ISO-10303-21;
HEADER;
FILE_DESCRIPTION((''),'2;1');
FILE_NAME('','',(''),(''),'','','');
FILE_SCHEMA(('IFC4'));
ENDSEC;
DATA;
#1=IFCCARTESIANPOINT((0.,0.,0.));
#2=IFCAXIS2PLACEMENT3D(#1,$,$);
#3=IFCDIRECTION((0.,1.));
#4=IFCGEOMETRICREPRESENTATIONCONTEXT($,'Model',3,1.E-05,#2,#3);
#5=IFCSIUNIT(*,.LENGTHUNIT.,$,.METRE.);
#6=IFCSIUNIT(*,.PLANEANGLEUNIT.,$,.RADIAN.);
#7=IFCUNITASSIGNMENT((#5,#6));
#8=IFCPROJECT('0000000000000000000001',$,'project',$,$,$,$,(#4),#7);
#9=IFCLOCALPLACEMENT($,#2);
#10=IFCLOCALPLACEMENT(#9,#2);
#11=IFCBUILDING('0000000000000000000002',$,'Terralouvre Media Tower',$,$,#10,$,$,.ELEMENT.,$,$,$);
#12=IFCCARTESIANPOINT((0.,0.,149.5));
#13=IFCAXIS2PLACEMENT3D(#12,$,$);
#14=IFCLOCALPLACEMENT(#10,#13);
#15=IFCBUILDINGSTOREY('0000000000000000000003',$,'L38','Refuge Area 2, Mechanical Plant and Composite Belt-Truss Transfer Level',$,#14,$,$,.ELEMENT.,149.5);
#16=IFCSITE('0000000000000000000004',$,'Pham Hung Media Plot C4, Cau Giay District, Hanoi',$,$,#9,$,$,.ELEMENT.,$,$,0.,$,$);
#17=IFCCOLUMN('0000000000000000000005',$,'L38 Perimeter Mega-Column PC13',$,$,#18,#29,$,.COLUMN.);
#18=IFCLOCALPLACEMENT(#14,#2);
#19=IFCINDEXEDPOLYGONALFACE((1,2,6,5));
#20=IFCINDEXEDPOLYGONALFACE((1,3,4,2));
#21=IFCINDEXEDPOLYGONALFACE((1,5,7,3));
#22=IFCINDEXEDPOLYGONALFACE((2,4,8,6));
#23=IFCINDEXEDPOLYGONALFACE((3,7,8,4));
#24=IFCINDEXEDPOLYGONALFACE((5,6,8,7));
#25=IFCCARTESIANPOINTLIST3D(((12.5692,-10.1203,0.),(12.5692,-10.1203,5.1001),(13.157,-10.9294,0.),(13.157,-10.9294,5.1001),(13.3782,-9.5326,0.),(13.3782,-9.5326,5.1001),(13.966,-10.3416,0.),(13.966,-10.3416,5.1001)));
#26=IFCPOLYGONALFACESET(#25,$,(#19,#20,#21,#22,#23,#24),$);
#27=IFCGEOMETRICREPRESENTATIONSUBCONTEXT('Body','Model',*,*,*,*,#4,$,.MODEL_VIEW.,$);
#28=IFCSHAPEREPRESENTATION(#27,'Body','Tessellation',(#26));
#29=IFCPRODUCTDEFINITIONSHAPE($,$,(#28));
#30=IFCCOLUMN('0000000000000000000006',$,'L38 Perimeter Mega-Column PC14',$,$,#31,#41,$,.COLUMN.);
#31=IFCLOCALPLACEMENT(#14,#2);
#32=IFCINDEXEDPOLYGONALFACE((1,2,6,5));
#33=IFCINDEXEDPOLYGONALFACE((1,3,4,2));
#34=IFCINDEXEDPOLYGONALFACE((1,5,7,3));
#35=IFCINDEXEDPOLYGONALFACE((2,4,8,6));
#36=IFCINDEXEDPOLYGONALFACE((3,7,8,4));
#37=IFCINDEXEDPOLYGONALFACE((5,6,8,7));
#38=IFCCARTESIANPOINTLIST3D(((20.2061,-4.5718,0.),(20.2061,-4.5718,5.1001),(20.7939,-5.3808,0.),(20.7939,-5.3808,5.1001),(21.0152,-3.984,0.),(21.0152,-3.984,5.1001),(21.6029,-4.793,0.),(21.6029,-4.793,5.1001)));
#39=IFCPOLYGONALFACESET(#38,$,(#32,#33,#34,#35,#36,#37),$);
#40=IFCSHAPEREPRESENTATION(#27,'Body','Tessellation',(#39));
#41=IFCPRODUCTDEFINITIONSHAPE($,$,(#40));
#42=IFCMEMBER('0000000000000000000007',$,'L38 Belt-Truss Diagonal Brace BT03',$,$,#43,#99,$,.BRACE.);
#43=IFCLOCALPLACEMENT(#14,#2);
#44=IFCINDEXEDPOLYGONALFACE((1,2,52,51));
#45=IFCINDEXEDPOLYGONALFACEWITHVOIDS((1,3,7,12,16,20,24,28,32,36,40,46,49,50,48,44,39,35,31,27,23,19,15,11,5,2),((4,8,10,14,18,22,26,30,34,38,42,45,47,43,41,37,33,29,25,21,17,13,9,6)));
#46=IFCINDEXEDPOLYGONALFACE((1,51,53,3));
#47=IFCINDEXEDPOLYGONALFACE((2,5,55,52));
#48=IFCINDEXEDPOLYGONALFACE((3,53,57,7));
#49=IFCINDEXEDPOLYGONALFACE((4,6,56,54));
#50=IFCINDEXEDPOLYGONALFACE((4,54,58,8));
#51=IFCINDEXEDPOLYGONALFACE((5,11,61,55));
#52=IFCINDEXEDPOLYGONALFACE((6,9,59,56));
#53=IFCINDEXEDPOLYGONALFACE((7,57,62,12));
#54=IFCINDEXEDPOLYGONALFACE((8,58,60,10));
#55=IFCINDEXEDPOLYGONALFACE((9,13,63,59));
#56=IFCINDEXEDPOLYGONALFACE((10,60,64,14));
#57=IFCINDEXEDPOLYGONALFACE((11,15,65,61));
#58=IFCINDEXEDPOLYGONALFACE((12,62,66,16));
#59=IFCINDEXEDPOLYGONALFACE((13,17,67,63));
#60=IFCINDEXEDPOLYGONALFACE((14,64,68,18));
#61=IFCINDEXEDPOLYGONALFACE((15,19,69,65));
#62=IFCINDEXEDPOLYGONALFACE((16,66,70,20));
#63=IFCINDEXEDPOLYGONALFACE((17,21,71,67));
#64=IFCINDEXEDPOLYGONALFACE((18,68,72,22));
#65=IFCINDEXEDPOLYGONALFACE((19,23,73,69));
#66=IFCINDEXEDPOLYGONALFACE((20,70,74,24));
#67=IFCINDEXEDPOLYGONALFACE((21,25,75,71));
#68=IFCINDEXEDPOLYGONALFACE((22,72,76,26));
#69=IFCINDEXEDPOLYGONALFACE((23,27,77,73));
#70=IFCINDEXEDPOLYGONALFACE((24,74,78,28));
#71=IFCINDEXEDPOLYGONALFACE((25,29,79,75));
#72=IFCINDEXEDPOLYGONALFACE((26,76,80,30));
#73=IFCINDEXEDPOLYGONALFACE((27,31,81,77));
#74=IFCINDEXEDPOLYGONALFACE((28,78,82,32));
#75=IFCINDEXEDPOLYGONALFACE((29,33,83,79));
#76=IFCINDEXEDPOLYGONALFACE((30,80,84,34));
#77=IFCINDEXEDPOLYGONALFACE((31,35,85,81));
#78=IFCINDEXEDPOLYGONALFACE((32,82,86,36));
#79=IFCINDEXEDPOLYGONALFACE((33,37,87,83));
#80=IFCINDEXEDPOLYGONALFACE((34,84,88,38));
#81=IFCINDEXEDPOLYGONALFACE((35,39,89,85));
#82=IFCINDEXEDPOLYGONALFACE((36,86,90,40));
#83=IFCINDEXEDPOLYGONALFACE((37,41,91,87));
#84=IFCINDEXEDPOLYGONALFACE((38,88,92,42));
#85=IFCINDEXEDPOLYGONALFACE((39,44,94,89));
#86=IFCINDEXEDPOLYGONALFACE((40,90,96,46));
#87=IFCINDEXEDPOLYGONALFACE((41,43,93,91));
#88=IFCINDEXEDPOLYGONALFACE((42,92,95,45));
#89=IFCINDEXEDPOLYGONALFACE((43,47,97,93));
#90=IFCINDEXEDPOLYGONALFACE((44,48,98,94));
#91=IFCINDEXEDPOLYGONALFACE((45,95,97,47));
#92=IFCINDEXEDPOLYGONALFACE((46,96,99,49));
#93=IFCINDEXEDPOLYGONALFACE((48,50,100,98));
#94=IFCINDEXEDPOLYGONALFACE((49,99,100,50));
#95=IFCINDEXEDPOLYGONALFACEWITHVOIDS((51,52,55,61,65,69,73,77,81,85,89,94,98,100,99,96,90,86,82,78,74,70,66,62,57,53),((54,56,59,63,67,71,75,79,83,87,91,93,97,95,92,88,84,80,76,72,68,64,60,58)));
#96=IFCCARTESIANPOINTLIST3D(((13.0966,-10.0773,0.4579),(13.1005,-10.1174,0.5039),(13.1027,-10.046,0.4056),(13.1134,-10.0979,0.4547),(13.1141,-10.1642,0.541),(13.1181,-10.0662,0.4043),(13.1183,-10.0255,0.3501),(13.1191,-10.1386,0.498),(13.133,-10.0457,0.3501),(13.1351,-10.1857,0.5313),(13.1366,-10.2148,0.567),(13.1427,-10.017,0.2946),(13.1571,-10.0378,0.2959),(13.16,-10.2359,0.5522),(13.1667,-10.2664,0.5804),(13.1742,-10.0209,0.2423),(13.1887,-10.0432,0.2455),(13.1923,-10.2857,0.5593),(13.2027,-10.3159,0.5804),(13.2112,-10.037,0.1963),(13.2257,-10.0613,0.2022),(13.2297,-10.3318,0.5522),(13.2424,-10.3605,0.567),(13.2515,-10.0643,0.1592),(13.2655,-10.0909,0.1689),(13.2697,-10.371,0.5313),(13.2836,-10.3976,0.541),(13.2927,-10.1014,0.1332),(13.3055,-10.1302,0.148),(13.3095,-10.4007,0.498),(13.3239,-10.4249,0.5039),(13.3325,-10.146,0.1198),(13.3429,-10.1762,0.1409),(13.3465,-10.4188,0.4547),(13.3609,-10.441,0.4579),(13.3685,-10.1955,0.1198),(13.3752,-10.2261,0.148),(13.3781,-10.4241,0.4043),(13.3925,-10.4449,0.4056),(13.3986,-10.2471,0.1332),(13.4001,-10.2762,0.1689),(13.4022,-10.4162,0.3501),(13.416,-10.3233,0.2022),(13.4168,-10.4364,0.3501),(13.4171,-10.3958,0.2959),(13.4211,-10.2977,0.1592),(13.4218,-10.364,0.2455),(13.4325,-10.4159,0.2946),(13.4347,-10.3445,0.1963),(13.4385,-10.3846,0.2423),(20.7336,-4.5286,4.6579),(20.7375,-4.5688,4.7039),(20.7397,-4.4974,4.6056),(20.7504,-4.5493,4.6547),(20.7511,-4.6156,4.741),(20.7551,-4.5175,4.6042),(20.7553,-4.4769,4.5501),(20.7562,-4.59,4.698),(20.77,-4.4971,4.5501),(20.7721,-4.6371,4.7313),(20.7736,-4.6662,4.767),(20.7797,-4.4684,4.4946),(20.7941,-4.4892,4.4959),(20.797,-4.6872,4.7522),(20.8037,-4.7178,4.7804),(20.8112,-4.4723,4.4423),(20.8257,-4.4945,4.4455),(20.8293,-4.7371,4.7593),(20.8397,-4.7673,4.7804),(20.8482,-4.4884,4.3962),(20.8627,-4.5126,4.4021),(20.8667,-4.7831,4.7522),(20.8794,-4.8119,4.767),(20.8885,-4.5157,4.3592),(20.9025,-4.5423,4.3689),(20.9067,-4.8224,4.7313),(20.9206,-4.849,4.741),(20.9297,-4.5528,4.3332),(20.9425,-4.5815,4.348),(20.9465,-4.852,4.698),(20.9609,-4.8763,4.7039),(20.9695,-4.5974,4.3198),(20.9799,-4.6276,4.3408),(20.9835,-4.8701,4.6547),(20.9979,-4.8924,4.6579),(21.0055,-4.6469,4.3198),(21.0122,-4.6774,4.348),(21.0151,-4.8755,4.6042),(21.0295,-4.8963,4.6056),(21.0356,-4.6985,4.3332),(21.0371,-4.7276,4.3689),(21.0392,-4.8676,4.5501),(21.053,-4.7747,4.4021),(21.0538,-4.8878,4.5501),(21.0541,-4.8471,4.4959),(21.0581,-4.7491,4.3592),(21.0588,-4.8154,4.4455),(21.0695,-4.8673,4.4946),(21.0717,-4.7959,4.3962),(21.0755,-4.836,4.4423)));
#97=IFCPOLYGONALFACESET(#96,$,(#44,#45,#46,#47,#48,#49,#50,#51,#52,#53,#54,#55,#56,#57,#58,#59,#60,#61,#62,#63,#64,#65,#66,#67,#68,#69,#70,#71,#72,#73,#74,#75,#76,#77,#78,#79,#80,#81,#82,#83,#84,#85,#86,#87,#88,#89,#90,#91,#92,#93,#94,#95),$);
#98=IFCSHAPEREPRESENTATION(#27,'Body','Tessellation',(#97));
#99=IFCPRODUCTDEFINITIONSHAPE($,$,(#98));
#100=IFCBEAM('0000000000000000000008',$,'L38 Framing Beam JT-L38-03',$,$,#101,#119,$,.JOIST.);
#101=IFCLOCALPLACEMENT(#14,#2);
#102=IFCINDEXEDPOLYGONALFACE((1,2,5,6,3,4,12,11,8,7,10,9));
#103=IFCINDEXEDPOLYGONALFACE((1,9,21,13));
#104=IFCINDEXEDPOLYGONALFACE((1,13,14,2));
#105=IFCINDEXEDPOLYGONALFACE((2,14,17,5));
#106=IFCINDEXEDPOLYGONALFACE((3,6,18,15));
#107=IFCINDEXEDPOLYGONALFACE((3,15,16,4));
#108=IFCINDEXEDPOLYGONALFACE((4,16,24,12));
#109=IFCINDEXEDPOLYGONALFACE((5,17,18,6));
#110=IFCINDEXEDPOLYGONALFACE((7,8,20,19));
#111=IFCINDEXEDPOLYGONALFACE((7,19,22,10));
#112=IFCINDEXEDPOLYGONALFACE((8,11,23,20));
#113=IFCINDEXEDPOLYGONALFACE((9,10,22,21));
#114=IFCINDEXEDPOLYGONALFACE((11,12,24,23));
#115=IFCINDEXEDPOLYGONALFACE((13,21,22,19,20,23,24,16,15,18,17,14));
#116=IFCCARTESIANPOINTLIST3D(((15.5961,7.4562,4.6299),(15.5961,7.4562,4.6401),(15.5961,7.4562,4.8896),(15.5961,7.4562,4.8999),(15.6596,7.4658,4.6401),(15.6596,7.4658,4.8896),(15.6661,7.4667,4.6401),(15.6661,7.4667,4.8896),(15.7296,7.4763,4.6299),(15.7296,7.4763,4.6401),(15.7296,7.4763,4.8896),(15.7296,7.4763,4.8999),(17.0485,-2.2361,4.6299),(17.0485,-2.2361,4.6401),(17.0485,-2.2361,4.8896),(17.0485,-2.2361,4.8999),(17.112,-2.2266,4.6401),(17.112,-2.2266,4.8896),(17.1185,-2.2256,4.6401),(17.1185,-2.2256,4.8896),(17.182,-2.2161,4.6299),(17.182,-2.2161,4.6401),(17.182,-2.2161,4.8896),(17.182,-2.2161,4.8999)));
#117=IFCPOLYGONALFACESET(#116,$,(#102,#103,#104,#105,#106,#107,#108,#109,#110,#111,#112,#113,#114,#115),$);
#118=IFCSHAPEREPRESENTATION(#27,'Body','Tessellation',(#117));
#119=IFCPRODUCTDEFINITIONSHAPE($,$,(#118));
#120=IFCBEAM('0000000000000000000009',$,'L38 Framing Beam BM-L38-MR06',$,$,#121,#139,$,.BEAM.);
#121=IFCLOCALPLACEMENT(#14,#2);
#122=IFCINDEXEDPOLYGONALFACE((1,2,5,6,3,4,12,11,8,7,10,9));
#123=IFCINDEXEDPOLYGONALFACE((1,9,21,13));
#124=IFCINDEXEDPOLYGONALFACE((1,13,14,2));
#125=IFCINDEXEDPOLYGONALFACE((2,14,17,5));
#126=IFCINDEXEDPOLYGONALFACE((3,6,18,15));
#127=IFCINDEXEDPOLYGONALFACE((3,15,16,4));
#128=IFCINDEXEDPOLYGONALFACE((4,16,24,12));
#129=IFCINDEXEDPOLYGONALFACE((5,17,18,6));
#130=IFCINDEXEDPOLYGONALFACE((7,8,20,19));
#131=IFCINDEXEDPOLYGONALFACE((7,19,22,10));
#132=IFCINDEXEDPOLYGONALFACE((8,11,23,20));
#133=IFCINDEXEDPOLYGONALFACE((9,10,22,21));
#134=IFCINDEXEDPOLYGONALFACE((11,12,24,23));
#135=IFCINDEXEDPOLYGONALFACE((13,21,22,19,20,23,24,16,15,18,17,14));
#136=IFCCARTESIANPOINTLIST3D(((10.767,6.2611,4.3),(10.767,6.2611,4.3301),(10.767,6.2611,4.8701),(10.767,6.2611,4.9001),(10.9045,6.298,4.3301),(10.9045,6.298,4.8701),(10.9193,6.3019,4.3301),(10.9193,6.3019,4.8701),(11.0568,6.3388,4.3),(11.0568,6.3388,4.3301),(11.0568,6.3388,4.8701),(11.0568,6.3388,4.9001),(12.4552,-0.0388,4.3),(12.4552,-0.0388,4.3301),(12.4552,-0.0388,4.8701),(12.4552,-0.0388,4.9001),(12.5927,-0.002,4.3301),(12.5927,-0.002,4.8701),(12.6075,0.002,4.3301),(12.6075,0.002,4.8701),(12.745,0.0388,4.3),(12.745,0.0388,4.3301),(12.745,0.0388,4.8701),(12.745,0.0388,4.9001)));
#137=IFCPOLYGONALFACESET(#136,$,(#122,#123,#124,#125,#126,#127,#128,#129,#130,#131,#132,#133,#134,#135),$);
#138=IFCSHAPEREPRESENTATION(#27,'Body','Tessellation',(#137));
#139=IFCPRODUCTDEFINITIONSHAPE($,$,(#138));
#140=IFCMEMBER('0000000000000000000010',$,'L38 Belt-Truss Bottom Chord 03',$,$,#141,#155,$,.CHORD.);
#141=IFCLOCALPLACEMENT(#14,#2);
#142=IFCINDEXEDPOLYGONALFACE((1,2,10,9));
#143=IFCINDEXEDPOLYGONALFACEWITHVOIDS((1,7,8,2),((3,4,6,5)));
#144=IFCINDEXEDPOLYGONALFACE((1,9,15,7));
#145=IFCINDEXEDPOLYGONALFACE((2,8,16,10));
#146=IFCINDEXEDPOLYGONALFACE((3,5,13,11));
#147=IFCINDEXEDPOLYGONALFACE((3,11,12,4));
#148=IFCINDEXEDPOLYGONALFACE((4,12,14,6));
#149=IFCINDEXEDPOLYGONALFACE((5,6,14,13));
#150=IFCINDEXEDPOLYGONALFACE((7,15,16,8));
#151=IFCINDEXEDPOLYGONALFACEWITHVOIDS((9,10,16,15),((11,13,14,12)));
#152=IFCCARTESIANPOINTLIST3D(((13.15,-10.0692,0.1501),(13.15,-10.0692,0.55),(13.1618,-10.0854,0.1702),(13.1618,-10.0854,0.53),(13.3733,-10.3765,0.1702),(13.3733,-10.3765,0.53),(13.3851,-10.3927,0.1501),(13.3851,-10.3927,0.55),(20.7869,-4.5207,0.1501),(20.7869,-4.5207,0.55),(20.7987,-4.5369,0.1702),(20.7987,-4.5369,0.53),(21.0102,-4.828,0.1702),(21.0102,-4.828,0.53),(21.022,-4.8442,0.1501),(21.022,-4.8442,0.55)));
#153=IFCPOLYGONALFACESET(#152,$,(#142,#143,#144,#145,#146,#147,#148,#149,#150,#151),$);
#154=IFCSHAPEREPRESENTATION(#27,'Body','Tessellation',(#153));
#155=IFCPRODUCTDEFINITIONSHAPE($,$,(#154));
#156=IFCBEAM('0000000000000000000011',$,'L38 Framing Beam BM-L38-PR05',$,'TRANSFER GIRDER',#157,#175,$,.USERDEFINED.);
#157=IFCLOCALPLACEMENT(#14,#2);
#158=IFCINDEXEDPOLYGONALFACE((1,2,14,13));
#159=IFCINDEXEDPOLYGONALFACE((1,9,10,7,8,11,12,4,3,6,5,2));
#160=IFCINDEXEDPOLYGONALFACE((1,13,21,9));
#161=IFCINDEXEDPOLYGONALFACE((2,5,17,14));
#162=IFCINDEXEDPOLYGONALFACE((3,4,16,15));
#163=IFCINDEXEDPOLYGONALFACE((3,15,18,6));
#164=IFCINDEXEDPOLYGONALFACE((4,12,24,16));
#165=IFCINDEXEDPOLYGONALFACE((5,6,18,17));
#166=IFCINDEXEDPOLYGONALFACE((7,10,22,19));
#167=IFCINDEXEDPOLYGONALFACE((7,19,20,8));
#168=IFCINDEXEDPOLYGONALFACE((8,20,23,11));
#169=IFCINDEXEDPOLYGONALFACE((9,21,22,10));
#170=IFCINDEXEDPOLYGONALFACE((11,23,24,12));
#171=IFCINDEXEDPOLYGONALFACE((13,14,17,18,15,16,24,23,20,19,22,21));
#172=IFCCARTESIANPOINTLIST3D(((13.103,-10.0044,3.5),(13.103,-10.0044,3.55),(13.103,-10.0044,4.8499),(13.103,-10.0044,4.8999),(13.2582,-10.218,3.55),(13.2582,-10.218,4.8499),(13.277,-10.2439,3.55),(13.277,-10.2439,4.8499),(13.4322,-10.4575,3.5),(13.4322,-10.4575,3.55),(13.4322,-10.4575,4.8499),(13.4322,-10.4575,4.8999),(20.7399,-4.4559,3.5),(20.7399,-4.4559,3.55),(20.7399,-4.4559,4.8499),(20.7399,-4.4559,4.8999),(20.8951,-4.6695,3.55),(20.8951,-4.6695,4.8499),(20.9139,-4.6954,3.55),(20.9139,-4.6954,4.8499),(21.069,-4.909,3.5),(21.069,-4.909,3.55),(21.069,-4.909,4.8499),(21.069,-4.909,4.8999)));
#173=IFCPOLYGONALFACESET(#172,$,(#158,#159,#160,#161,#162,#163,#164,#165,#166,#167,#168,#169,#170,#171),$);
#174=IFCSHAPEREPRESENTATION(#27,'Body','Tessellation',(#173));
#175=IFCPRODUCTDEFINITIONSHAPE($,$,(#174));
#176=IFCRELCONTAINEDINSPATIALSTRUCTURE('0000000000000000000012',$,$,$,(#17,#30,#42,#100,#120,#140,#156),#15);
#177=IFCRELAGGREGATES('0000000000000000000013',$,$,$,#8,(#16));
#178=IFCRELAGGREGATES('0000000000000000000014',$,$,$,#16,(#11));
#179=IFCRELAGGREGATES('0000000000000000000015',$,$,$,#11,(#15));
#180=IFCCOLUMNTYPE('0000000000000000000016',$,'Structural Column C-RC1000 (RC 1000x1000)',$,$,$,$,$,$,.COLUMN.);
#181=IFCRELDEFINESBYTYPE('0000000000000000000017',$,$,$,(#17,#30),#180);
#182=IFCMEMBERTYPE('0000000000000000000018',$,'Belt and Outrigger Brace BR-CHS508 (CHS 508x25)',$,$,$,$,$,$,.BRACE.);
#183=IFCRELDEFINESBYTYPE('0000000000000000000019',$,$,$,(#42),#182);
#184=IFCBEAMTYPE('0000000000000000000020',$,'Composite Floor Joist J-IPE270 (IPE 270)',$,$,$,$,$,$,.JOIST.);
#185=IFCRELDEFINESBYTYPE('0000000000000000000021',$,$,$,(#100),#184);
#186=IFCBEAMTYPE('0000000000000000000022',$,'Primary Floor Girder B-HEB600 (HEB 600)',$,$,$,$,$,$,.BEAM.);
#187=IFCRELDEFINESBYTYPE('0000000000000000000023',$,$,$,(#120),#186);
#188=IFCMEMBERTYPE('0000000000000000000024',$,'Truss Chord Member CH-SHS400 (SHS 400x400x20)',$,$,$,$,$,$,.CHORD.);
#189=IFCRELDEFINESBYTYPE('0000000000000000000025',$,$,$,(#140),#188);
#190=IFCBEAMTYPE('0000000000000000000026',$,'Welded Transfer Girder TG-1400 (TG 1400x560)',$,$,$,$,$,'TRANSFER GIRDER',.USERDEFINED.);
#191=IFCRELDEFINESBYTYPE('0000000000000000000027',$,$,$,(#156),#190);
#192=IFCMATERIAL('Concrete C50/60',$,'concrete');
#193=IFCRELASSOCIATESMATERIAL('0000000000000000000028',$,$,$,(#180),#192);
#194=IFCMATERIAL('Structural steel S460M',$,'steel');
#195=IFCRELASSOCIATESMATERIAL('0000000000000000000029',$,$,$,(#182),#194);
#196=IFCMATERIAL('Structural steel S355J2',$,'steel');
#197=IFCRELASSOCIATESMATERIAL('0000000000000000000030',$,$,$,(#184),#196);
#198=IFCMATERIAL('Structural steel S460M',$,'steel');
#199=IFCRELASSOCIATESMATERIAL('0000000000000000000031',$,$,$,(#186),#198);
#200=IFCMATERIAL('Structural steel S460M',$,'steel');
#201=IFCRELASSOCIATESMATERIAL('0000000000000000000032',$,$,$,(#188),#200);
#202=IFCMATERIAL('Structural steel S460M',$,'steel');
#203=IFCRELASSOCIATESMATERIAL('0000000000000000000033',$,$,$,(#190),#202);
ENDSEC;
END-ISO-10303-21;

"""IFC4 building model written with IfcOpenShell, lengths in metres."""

from ifc_helpers import new_model, si_unit, direction, frame, origin, origin_2d, place, context, subcontext, project, spatial, rectangle, hollow_rectangle, hollow_circle, i_section, extrude, material, material_profile, profile_set, type_object, element, save


model = new_model("IFC4")

# Units and contexts
model_context = context("Model", 3, precision=1e-05, world=origin(), true_north=direction((0.0, 1.0)))
body_context = subcontext(model_context, "Body", "Model", "MODEL_VIEW")
ifc_project = project(units=[si_unit("LENGTHUNIT", "METRE"), si_unit("PLANEANGLEUNIT", "RADIAN")], contexts=[model_context])

# Site, building, storey
site_placement = place(None, origin())
site = spatial("IfcSite", under=ifc_project, at=site_placement, Name="Pham Hung Media Plot C4, Cau Giay District, Hanoi", CompositionType="ELEMENT", RefElevation=0.0)
building_placement = place(site_placement, origin())
building = spatial("IfcBuilding", under=site, at=building_placement, Name="Terralouvre Media Tower", CompositionType="ELEMENT")
storey_placement = place(building_placement, frame((0.0, 0.0, 149.5)))
storey = spatial("IfcBuildingStorey", under=building, at=storey_placement, Name="L38", Description="Refuge Area 2, Mechanical Plant and Composite Belt-Truss Transfer Level", CompositionType="ELEMENT", Elevation=149.5)

# Columns
ifc_material_1 = material(Name="Concrete C50/60", Category="concrete")
ifc_material_profile_1 = material_profile(ifc_material_1, rectangle(XDim=1.0, YDim=1.0, at=origin_2d()), Name="RC 1000x1000")
ifc_profile_set_1 = profile_set([ifc_material_profile_1], Name="Concrete C50/60")
column_type = type_object("IfcColumnType", Name="Structural Column C-RC1000 (RC 1000x1000)", PredefinedType="COLUMN", material=ifc_profile_set_1)
for number, where, z_axis, x_axis, name in (
    (1, (13.2676, -10.231, 0.0), (0.0, 0.0, 1.0), (0.809017, 0.587785, 0.0), "L38 Perimeter Mega-Column PC13"),
    (2, (20.9045, -4.6824, 0.0), (0.0, 0.0, 1.0), (0.809017, 0.587785, 0.0), "L38 Perimeter Mega-Column PC14"),
):
    element("IfcColumn", number, at=place(storey_placement, frame(where, z_axis=z_axis, x_axis=x_axis)), inside=storey, type_object=column_type, Name=name, PredefinedType="COLUMN", context=body_context, shape_type="SweptSolid", body=[
        extrude(rectangle(XDim=1.0, YDim=1.0, at=origin_2d()), origin(), (0.0, 0.0, 1.0), 5.1001),
    ])

# Member
ifc_material_2 = material(Name="Structural steel S460M", Category="steel")
ifc_material_profile_2 = material_profile(ifc_material_2, hollow_circle(Radius=0.2539, WallThickness=0.0249, at=origin_2d()), Name="CHS 508x25")
ifc_profile_set_2 = profile_set([ifc_material_profile_2], Name="Structural steel S460M")
member_type_1 = type_object("IfcMemberType", Name="Belt and Outrigger Brace BR-CHS508 (CHS 508x25)", PredefinedType="BRACE", material=ifc_profile_set_2)
member_1_placement = place(storey_placement, frame((13.2676, -10.231, 0.3501), z_axis=(0.739159, 0.537031, 0.406501), x_axis=(-0.587786, 0.809017, 0.0)))
element("IfcMember", 3, at=member_1_placement, inside=storey, type_object=member_type_1, Name="L38 Belt-Truss Diagonal Brace BT03", PredefinedType="BRACE", context=body_context, shape_type="SweptSolid", body=[
    extrude(hollow_circle(Radius=0.2539, WallThickness=0.0249, at=origin_2d()), origin(), (0.0, 0.0, 1.0), 10.332),
])

# Beams
ifc_material_3 = material(Name="Structural steel S355J2", Category="steel")
ifc_material_profile_3 = material_profile(ifc_material_3, i_section(OverallWidth=0.135, OverallDepth=0.27, WebThickness=0.0066, FlangeThickness=0.0103, at=origin_2d()), Name="IPE 270")
ifc_profile_set_3 = profile_set([ifc_material_profile_3], Name="Structural steel S355J2")
beam_type_1 = type_object("IfcBeamType", Name="Composite Floor Joist J-IPE270 (IPE 270)", PredefinedType="JOIST", material=ifc_profile_set_3)
beam_1_placement = place(storey_placement, frame((17.1152, -2.2261, 4.7649), z_axis=(-0.148194, 0.988958, 0.0), x_axis=(-0.988958, -0.148194, 0.0)))
element("IfcBeam", 4, at=beam_1_placement, inside=storey, type_object=beam_type_1, Name="L38 Framing Beam JT-L38-03", PredefinedType="JOIST", context=body_context, shape_type="SweptSolid", body=[
    extrude(i_section(OverallWidth=0.135, OverallDepth=0.27, WebThickness=0.0066, FlangeThickness=0.0103, at=origin_2d()), origin(), (0.0, 0.0, 1.0), 9.8005),
])
ifc_material_4 = material(Name="Structural steel S460M", Category="steel")
ifc_material_profile_4 = material_profile(ifc_material_4, i_section(OverallWidth=0.3, OverallDepth=0.6001, WebThickness=0.0154, FlangeThickness=0.03, at=origin_2d()), Name="HEB 600")
ifc_profile_set_4 = profile_set([ifc_material_profile_4], Name="Structural steel S460M")
beam_type_2 = type_object("IfcBeamType", Name="Primary Floor Girder B-HEB600 (HEB 600)", PredefinedType="BEAM", material=ifc_profile_set_4)
beam_2_placement = place(storey_placement, frame((12.6001, 0.0, 4.6001), z_axis=(-0.258839, 0.96592, 0.0), x_axis=(-0.96592, -0.258839, 0.0)))
element("IfcBeam", 5, at=beam_2_placement, inside=storey, type_object=beam_type_2, Name="L38 Framing Beam BM-L38-MR06", PredefinedType="BEAM", context=body_context, shape_type="SweptSolid", body=[
    extrude(i_section(OverallWidth=0.3, OverallDepth=0.6001, WebThickness=0.0154, FlangeThickness=0.03, at=origin_2d()), origin(), (0.0, 0.0, 1.0), 6.5222),
])

# Member
ifc_material_5 = material(Name="Structural steel S460M", Category="steel")
ifc_material_profile_5 = material_profile(ifc_material_5, hollow_rectangle(XDim=0.3999, YDim=0.3999, WallThickness=0.02, at=origin_2d()), Name="SHS 400x400x20")
ifc_profile_set_5 = profile_set([ifc_material_profile_5], Name="Structural steel S460M")
member_type_2 = type_object("IfcMemberType", Name="Truss Chord Member CH-SHS400 (SHS 400x400x20)", PredefinedType="CHORD", material=ifc_profile_set_5)
member_2_placement = place(storey_placement, frame((13.2676, -10.231, 0.3501), z_axis=(0.809017, 0.587786, 0.0), x_axis=(-0.587786, 0.809017, 0.0)))
element("IfcMember", 6, at=member_2_placement, inside=storey, type_object=member_type_2, Name="L38 Belt-Truss Bottom Chord 03", PredefinedType="CHORD", context=body_context, shape_type="SweptSolid", body=[
    extrude(hollow_rectangle(XDim=0.3999, YDim=0.3999, WallThickness=0.02, at=origin_2d()), origin(), (0.0, 0.0, 1.0), 9.4397),
])

# Beam
ifc_material_6 = material(Name="Structural steel S460M", Category="steel")
ifc_material_profile_6 = material_profile(ifc_material_6, i_section(OverallWidth=0.5601, OverallDepth=1.3999, WebThickness=0.032, FlangeThickness=0.05, at=origin_2d()), Name="TG 1400x560")
ifc_profile_set_6 = profile_set([ifc_material_profile_6], Name="Structural steel S460M")
beam_type_3 = type_object("IfcBeamType", Name="Welded Transfer Girder TG-1400 (TG 1400x560)", ElementType="TRANSFER GIRDER", PredefinedType="USERDEFINED", material=ifc_profile_set_6)
beam_3_placement = place(storey_placement, frame((13.2676, -10.231, 4.2), z_axis=(0.809017, 0.587786, 0.0), x_axis=(-0.587786, 0.809017, 0.0)))
element("IfcBeam", 7, at=beam_3_placement, inside=storey, type_object=beam_type_3, Name="L38 Framing Beam BM-L38-PR05", ObjectType="TRANSFER GIRDER", PredefinedType="USERDEFINED", context=body_context, shape_type="SweptSolid", body=[
    extrude(i_section(OverallWidth=0.5601, OverallDepth=1.3999, WebThickness=0.032, FlangeThickness=0.05, at=origin_2d()), origin(), (0.0, 0.0, 1.0), 9.4397),
])

save(model, "model.ifc")
